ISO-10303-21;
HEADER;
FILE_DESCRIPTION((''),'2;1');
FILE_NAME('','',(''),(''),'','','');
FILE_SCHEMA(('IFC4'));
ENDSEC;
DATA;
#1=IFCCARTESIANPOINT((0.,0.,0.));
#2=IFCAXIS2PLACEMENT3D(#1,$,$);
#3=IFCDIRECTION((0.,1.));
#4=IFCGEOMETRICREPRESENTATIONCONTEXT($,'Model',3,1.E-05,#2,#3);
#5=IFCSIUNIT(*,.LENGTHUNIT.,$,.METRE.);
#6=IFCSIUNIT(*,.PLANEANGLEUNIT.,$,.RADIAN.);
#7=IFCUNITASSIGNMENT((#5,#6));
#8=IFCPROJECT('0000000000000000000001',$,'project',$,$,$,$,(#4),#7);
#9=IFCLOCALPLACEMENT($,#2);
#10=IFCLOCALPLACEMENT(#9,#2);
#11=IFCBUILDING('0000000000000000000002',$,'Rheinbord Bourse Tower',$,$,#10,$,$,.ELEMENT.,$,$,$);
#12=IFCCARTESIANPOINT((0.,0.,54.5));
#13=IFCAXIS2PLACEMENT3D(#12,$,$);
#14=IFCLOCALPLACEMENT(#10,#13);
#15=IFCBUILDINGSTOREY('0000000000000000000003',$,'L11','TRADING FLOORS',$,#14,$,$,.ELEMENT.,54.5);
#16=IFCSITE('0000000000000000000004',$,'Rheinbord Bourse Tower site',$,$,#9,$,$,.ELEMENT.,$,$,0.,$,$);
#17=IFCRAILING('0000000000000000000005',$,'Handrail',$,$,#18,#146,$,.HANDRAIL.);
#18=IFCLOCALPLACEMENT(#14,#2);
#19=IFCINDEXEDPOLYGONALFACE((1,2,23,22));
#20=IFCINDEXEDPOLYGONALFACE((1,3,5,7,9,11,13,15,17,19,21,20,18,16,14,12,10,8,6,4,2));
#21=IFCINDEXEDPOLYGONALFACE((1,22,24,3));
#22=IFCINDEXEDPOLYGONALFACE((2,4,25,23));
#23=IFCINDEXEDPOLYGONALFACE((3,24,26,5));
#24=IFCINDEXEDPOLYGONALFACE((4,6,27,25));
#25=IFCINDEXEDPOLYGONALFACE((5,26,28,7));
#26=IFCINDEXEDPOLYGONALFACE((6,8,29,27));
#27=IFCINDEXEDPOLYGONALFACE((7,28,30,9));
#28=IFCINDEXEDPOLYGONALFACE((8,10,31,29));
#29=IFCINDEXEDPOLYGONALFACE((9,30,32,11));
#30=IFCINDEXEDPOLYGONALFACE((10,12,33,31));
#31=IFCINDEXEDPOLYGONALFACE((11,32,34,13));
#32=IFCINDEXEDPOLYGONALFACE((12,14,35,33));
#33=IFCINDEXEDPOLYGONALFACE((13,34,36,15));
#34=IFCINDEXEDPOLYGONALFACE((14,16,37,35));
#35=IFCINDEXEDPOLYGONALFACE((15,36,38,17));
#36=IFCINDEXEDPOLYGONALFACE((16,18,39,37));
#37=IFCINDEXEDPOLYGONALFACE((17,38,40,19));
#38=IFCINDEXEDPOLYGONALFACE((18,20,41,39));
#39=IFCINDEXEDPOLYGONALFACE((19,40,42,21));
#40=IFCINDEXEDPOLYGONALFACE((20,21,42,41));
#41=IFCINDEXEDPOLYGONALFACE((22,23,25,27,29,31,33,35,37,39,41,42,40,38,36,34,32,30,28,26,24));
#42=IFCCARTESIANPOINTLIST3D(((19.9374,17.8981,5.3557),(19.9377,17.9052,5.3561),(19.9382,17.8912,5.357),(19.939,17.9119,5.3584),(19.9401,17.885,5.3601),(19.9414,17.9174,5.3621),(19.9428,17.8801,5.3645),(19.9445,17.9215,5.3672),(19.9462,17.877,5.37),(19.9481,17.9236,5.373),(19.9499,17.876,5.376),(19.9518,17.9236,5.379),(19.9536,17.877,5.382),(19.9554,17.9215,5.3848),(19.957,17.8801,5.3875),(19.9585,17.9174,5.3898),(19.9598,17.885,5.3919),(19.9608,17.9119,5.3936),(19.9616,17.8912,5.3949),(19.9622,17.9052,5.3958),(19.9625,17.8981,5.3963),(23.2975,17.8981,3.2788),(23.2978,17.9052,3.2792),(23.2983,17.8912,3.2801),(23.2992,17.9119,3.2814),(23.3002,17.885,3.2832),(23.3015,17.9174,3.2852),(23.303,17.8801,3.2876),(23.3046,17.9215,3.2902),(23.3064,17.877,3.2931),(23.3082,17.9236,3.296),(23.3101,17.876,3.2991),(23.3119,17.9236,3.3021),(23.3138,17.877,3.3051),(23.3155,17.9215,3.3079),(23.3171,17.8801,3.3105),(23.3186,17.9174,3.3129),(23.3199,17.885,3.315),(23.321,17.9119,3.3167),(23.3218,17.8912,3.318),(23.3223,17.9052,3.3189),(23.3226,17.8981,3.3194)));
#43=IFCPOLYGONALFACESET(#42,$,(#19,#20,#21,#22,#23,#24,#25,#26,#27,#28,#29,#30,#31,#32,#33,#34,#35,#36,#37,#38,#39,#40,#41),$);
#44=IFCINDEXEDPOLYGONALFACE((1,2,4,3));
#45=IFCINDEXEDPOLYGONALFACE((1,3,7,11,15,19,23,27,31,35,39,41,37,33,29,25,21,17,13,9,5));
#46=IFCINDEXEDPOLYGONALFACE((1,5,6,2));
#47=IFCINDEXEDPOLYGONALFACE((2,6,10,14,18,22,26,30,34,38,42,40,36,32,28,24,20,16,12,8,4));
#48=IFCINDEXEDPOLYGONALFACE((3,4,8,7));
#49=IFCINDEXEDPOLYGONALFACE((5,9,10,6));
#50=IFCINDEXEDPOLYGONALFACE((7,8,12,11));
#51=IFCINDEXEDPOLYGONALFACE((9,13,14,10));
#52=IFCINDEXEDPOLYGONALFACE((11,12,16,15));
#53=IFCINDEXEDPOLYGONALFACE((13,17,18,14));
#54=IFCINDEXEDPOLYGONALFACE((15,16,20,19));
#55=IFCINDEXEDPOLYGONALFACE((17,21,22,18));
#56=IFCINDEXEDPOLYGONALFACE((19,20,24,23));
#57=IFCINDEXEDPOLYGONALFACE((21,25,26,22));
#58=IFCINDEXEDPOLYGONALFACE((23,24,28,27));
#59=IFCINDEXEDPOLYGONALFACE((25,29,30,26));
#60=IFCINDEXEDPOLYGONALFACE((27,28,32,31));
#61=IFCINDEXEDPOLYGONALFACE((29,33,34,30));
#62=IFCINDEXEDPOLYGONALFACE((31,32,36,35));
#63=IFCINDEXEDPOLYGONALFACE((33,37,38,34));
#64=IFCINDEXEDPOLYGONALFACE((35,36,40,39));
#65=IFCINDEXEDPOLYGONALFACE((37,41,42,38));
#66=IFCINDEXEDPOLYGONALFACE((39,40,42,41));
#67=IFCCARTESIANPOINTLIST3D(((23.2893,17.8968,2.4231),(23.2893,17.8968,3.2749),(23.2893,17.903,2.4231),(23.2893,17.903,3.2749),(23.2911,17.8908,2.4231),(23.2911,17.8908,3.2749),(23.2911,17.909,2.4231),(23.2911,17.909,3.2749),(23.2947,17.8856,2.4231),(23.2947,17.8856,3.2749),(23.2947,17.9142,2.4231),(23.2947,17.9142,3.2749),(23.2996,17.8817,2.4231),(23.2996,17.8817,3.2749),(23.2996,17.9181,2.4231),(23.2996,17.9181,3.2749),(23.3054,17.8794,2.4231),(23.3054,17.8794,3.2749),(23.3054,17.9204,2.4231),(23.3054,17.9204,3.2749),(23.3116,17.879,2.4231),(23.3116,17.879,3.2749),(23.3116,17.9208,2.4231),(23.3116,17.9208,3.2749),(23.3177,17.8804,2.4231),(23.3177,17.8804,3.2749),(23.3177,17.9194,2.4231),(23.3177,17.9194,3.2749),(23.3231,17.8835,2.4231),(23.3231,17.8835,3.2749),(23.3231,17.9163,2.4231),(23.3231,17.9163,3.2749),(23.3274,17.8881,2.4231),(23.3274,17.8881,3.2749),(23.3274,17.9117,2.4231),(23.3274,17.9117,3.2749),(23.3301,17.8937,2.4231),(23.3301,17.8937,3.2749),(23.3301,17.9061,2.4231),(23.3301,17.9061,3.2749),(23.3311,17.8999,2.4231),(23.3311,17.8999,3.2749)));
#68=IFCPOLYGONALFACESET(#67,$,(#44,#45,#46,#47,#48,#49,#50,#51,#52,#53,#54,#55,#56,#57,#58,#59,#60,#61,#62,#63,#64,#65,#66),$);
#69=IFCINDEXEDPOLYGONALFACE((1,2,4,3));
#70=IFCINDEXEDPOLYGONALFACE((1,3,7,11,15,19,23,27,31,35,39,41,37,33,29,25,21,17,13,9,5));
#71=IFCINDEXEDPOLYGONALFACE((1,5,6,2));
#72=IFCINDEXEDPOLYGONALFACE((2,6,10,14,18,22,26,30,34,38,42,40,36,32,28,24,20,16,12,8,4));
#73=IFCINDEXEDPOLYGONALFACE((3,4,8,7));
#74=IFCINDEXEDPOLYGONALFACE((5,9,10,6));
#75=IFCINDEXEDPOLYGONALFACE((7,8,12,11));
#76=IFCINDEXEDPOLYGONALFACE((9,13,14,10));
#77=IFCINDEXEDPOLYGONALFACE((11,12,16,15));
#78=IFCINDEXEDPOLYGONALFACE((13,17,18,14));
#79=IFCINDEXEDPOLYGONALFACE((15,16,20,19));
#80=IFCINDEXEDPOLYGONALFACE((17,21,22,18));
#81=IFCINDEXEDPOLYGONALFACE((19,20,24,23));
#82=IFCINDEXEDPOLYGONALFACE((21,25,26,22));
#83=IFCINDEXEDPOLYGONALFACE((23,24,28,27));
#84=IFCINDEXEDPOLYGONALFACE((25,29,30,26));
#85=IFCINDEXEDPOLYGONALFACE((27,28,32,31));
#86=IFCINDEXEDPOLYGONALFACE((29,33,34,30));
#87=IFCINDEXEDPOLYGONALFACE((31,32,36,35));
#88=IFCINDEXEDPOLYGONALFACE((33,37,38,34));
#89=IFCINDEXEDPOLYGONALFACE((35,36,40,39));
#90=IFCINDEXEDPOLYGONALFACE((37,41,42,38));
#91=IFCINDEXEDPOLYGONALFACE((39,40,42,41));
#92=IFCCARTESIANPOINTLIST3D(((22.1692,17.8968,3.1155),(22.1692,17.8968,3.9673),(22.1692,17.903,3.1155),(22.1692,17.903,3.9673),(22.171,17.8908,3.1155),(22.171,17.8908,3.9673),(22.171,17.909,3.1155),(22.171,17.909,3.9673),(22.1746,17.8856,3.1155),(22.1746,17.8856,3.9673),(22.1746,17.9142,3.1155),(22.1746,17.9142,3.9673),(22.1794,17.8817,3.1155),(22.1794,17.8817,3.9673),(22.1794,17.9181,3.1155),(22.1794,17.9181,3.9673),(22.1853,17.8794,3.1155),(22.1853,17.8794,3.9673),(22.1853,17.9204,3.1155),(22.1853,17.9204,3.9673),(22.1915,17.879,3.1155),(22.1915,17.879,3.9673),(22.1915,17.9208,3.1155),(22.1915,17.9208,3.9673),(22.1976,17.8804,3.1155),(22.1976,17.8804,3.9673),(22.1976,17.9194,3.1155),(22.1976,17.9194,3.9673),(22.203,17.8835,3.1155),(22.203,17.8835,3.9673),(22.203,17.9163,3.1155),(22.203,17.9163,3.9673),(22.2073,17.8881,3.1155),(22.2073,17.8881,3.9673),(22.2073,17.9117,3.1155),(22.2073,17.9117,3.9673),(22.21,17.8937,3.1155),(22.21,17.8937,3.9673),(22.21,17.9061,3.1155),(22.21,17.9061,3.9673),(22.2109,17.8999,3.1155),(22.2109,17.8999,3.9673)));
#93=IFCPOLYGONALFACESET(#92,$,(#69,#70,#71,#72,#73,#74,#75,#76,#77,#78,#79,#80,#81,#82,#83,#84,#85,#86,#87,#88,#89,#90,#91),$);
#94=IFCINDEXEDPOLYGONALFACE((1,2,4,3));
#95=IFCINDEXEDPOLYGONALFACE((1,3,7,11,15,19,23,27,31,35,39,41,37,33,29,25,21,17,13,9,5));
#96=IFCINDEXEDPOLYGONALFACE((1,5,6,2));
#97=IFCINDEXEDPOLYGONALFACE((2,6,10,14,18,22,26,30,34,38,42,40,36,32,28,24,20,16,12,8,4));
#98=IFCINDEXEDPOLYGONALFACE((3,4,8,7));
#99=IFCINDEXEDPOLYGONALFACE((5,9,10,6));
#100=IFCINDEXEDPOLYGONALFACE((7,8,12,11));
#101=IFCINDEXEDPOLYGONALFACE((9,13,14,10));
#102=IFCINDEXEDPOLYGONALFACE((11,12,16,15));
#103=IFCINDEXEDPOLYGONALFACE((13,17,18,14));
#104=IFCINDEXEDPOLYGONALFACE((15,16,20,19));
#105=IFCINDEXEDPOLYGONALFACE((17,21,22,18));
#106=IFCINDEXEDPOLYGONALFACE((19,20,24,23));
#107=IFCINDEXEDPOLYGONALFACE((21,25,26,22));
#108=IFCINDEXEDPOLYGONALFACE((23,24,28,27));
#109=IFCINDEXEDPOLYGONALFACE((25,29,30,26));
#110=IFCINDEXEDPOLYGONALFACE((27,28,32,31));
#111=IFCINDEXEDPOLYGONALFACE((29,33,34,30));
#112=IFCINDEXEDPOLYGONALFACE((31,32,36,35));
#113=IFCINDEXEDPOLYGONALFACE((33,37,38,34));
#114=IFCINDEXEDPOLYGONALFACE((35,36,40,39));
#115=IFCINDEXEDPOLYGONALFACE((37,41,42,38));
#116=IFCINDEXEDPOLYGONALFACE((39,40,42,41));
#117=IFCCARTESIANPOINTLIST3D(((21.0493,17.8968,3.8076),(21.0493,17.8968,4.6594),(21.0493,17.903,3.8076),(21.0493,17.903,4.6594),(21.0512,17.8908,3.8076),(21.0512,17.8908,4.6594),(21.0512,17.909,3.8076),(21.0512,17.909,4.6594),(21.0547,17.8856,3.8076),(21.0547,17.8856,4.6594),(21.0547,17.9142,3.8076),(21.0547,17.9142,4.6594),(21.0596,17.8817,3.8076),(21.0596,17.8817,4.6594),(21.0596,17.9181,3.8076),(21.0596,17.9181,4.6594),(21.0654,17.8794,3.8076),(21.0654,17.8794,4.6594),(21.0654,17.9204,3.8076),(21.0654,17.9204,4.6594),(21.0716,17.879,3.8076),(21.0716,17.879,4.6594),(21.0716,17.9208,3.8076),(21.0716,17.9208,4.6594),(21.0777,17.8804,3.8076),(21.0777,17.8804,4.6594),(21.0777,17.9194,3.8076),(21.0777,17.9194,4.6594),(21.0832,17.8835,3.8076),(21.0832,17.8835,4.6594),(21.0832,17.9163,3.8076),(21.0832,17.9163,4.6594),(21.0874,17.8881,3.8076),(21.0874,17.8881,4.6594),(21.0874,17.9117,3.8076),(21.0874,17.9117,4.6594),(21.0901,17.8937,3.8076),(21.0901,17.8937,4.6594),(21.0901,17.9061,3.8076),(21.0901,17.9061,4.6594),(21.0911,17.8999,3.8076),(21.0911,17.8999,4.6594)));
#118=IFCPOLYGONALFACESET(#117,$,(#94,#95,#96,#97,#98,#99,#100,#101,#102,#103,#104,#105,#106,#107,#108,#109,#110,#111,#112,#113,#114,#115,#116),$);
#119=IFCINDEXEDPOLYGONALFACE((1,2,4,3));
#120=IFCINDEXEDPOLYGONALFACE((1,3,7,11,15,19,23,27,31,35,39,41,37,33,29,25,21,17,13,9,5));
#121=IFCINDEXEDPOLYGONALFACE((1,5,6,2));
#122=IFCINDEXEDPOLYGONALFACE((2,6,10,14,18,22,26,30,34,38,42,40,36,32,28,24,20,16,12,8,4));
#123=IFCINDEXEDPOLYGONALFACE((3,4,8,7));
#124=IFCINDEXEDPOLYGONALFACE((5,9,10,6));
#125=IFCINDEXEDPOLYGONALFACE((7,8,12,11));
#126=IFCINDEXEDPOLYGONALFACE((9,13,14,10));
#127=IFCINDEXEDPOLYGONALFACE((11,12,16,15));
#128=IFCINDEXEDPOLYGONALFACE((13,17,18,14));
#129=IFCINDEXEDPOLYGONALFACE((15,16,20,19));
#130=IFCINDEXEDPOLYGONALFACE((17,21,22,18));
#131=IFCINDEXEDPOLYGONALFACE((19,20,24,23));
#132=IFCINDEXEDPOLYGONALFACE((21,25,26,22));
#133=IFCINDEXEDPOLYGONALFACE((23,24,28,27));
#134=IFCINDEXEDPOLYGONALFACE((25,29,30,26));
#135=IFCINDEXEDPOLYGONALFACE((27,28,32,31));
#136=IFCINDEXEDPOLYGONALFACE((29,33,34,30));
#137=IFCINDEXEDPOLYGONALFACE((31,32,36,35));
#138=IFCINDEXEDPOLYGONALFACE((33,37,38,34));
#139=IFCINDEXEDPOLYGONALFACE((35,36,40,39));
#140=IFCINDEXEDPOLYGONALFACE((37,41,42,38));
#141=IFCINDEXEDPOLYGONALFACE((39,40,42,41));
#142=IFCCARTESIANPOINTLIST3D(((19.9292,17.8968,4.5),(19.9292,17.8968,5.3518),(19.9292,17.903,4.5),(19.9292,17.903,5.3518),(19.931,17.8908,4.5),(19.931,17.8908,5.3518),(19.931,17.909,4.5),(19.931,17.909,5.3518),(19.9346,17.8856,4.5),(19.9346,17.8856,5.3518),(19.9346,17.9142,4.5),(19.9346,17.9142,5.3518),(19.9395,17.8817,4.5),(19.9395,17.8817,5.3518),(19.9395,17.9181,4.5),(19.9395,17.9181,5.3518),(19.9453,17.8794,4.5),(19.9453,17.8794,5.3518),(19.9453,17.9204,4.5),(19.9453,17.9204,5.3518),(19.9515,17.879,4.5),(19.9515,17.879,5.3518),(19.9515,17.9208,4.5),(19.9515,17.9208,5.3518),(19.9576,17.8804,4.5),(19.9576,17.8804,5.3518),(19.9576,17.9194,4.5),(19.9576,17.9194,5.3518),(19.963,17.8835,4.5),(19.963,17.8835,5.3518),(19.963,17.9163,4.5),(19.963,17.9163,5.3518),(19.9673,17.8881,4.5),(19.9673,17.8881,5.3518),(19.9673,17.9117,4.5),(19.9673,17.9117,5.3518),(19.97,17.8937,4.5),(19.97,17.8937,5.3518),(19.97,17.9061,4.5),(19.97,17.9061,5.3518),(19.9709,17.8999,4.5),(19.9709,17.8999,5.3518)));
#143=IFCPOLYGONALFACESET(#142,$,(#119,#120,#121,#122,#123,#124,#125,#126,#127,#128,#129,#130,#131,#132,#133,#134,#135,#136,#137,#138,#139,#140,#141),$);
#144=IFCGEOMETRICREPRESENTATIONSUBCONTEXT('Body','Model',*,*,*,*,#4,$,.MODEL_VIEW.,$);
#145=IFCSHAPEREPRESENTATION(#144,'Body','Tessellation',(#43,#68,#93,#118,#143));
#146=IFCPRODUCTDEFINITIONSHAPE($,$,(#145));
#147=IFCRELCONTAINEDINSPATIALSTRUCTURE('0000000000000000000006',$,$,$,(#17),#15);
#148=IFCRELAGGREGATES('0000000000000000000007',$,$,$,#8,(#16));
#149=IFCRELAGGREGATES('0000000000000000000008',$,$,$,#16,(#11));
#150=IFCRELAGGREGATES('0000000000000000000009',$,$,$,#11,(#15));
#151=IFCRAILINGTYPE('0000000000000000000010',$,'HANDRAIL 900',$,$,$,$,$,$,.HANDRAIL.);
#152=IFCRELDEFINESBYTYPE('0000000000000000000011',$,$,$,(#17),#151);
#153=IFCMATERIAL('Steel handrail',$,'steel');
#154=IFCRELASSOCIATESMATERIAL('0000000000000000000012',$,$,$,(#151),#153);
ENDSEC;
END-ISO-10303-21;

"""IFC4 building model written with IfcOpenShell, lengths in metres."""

from ifc_helpers import new_model, si_unit, direction, frame, origin, origin_2d, place, context, subcontext, project, spatial, circle, extrude, material, type_object, element, save


model = new_model("IFC4")

# Units and contexts
model_context = context("Model", 3, precision=1e-05, world=origin(), true_north=direction((0.0, 1.0)))
body_context = subcontext(model_context, "Body", "Model", "MODEL_VIEW")
ifc_project = project(units=[si_unit("LENGTHUNIT", "METRE"), si_unit("PLANEANGLEUNIT", "RADIAN")], contexts=[model_context])

# Site, building, storey
site_placement = place(None, origin())
site = spatial("IfcSite", under=ifc_project, at=site_placement, Name="Rheinbord Bourse Tower site", CompositionType="ELEMENT", RefElevation=0.0)
building_placement = place(site_placement, origin())
building = spatial("IfcBuilding", under=site, at=building_placement, Name="Rheinbord Bourse Tower", CompositionType="ELEMENT")
storey_placement = place(building_placement, frame((0.0, 0.0, 54.5)))
storey = spatial("IfcBuildingStorey", under=building, at=storey_placement, Name="L11", Description="TRADING FLOORS", CompositionType="ELEMENT", Elevation=54.5)

# Railing
ifc_material_1 = material(Name="Steel handrail", Category="steel")
railing_type = type_object("IfcRailingType", Name="HANDRAIL 900", PredefinedType="HANDRAIL", material=ifc_material_1)
railing_1_placement = place(storey_placement, frame((23.3101, 17.8999, 2.4231)))
element("IfcRailing", 1, at=railing_1_placement, inside=storey, type_object=railing_type, Name="Handrail", PredefinedType="HANDRAIL", context=body_context, shape_type="SweptSolid", body=[
    extrude(circle(Radius=0.0239, at=origin_2d()), frame((0.0, 0.0, 0.876), z_axis=(-0.850623, 0.0, 0.525776), x_axis=(0.0, -1.0, 0.0)), (0.0, 0.0, 1.0), 3.9502),
    extrude(circle(Radius=0.021, at=origin_2d()), origin(), (0.0, 0.0, 1.0), 0.8518),
    extrude(circle(Radius=0.021, at=origin_2d()), frame((-1.1201, 0.0, 0.6924)), (0.0, 0.0, 1.0), 0.8518),
    extrude(circle(Radius=0.021, at=origin_2d()), frame((-2.24, 0.0, 1.3845)), (0.0, 0.0, 1.0), 0.8518),
    extrude(circle(Radius=0.021, at=origin_2d()), frame((-3.3601, 0.0, 2.0769)), (0.0, 0.0, 1.0), 0.8518),
])

save(model, "model.ifc")
